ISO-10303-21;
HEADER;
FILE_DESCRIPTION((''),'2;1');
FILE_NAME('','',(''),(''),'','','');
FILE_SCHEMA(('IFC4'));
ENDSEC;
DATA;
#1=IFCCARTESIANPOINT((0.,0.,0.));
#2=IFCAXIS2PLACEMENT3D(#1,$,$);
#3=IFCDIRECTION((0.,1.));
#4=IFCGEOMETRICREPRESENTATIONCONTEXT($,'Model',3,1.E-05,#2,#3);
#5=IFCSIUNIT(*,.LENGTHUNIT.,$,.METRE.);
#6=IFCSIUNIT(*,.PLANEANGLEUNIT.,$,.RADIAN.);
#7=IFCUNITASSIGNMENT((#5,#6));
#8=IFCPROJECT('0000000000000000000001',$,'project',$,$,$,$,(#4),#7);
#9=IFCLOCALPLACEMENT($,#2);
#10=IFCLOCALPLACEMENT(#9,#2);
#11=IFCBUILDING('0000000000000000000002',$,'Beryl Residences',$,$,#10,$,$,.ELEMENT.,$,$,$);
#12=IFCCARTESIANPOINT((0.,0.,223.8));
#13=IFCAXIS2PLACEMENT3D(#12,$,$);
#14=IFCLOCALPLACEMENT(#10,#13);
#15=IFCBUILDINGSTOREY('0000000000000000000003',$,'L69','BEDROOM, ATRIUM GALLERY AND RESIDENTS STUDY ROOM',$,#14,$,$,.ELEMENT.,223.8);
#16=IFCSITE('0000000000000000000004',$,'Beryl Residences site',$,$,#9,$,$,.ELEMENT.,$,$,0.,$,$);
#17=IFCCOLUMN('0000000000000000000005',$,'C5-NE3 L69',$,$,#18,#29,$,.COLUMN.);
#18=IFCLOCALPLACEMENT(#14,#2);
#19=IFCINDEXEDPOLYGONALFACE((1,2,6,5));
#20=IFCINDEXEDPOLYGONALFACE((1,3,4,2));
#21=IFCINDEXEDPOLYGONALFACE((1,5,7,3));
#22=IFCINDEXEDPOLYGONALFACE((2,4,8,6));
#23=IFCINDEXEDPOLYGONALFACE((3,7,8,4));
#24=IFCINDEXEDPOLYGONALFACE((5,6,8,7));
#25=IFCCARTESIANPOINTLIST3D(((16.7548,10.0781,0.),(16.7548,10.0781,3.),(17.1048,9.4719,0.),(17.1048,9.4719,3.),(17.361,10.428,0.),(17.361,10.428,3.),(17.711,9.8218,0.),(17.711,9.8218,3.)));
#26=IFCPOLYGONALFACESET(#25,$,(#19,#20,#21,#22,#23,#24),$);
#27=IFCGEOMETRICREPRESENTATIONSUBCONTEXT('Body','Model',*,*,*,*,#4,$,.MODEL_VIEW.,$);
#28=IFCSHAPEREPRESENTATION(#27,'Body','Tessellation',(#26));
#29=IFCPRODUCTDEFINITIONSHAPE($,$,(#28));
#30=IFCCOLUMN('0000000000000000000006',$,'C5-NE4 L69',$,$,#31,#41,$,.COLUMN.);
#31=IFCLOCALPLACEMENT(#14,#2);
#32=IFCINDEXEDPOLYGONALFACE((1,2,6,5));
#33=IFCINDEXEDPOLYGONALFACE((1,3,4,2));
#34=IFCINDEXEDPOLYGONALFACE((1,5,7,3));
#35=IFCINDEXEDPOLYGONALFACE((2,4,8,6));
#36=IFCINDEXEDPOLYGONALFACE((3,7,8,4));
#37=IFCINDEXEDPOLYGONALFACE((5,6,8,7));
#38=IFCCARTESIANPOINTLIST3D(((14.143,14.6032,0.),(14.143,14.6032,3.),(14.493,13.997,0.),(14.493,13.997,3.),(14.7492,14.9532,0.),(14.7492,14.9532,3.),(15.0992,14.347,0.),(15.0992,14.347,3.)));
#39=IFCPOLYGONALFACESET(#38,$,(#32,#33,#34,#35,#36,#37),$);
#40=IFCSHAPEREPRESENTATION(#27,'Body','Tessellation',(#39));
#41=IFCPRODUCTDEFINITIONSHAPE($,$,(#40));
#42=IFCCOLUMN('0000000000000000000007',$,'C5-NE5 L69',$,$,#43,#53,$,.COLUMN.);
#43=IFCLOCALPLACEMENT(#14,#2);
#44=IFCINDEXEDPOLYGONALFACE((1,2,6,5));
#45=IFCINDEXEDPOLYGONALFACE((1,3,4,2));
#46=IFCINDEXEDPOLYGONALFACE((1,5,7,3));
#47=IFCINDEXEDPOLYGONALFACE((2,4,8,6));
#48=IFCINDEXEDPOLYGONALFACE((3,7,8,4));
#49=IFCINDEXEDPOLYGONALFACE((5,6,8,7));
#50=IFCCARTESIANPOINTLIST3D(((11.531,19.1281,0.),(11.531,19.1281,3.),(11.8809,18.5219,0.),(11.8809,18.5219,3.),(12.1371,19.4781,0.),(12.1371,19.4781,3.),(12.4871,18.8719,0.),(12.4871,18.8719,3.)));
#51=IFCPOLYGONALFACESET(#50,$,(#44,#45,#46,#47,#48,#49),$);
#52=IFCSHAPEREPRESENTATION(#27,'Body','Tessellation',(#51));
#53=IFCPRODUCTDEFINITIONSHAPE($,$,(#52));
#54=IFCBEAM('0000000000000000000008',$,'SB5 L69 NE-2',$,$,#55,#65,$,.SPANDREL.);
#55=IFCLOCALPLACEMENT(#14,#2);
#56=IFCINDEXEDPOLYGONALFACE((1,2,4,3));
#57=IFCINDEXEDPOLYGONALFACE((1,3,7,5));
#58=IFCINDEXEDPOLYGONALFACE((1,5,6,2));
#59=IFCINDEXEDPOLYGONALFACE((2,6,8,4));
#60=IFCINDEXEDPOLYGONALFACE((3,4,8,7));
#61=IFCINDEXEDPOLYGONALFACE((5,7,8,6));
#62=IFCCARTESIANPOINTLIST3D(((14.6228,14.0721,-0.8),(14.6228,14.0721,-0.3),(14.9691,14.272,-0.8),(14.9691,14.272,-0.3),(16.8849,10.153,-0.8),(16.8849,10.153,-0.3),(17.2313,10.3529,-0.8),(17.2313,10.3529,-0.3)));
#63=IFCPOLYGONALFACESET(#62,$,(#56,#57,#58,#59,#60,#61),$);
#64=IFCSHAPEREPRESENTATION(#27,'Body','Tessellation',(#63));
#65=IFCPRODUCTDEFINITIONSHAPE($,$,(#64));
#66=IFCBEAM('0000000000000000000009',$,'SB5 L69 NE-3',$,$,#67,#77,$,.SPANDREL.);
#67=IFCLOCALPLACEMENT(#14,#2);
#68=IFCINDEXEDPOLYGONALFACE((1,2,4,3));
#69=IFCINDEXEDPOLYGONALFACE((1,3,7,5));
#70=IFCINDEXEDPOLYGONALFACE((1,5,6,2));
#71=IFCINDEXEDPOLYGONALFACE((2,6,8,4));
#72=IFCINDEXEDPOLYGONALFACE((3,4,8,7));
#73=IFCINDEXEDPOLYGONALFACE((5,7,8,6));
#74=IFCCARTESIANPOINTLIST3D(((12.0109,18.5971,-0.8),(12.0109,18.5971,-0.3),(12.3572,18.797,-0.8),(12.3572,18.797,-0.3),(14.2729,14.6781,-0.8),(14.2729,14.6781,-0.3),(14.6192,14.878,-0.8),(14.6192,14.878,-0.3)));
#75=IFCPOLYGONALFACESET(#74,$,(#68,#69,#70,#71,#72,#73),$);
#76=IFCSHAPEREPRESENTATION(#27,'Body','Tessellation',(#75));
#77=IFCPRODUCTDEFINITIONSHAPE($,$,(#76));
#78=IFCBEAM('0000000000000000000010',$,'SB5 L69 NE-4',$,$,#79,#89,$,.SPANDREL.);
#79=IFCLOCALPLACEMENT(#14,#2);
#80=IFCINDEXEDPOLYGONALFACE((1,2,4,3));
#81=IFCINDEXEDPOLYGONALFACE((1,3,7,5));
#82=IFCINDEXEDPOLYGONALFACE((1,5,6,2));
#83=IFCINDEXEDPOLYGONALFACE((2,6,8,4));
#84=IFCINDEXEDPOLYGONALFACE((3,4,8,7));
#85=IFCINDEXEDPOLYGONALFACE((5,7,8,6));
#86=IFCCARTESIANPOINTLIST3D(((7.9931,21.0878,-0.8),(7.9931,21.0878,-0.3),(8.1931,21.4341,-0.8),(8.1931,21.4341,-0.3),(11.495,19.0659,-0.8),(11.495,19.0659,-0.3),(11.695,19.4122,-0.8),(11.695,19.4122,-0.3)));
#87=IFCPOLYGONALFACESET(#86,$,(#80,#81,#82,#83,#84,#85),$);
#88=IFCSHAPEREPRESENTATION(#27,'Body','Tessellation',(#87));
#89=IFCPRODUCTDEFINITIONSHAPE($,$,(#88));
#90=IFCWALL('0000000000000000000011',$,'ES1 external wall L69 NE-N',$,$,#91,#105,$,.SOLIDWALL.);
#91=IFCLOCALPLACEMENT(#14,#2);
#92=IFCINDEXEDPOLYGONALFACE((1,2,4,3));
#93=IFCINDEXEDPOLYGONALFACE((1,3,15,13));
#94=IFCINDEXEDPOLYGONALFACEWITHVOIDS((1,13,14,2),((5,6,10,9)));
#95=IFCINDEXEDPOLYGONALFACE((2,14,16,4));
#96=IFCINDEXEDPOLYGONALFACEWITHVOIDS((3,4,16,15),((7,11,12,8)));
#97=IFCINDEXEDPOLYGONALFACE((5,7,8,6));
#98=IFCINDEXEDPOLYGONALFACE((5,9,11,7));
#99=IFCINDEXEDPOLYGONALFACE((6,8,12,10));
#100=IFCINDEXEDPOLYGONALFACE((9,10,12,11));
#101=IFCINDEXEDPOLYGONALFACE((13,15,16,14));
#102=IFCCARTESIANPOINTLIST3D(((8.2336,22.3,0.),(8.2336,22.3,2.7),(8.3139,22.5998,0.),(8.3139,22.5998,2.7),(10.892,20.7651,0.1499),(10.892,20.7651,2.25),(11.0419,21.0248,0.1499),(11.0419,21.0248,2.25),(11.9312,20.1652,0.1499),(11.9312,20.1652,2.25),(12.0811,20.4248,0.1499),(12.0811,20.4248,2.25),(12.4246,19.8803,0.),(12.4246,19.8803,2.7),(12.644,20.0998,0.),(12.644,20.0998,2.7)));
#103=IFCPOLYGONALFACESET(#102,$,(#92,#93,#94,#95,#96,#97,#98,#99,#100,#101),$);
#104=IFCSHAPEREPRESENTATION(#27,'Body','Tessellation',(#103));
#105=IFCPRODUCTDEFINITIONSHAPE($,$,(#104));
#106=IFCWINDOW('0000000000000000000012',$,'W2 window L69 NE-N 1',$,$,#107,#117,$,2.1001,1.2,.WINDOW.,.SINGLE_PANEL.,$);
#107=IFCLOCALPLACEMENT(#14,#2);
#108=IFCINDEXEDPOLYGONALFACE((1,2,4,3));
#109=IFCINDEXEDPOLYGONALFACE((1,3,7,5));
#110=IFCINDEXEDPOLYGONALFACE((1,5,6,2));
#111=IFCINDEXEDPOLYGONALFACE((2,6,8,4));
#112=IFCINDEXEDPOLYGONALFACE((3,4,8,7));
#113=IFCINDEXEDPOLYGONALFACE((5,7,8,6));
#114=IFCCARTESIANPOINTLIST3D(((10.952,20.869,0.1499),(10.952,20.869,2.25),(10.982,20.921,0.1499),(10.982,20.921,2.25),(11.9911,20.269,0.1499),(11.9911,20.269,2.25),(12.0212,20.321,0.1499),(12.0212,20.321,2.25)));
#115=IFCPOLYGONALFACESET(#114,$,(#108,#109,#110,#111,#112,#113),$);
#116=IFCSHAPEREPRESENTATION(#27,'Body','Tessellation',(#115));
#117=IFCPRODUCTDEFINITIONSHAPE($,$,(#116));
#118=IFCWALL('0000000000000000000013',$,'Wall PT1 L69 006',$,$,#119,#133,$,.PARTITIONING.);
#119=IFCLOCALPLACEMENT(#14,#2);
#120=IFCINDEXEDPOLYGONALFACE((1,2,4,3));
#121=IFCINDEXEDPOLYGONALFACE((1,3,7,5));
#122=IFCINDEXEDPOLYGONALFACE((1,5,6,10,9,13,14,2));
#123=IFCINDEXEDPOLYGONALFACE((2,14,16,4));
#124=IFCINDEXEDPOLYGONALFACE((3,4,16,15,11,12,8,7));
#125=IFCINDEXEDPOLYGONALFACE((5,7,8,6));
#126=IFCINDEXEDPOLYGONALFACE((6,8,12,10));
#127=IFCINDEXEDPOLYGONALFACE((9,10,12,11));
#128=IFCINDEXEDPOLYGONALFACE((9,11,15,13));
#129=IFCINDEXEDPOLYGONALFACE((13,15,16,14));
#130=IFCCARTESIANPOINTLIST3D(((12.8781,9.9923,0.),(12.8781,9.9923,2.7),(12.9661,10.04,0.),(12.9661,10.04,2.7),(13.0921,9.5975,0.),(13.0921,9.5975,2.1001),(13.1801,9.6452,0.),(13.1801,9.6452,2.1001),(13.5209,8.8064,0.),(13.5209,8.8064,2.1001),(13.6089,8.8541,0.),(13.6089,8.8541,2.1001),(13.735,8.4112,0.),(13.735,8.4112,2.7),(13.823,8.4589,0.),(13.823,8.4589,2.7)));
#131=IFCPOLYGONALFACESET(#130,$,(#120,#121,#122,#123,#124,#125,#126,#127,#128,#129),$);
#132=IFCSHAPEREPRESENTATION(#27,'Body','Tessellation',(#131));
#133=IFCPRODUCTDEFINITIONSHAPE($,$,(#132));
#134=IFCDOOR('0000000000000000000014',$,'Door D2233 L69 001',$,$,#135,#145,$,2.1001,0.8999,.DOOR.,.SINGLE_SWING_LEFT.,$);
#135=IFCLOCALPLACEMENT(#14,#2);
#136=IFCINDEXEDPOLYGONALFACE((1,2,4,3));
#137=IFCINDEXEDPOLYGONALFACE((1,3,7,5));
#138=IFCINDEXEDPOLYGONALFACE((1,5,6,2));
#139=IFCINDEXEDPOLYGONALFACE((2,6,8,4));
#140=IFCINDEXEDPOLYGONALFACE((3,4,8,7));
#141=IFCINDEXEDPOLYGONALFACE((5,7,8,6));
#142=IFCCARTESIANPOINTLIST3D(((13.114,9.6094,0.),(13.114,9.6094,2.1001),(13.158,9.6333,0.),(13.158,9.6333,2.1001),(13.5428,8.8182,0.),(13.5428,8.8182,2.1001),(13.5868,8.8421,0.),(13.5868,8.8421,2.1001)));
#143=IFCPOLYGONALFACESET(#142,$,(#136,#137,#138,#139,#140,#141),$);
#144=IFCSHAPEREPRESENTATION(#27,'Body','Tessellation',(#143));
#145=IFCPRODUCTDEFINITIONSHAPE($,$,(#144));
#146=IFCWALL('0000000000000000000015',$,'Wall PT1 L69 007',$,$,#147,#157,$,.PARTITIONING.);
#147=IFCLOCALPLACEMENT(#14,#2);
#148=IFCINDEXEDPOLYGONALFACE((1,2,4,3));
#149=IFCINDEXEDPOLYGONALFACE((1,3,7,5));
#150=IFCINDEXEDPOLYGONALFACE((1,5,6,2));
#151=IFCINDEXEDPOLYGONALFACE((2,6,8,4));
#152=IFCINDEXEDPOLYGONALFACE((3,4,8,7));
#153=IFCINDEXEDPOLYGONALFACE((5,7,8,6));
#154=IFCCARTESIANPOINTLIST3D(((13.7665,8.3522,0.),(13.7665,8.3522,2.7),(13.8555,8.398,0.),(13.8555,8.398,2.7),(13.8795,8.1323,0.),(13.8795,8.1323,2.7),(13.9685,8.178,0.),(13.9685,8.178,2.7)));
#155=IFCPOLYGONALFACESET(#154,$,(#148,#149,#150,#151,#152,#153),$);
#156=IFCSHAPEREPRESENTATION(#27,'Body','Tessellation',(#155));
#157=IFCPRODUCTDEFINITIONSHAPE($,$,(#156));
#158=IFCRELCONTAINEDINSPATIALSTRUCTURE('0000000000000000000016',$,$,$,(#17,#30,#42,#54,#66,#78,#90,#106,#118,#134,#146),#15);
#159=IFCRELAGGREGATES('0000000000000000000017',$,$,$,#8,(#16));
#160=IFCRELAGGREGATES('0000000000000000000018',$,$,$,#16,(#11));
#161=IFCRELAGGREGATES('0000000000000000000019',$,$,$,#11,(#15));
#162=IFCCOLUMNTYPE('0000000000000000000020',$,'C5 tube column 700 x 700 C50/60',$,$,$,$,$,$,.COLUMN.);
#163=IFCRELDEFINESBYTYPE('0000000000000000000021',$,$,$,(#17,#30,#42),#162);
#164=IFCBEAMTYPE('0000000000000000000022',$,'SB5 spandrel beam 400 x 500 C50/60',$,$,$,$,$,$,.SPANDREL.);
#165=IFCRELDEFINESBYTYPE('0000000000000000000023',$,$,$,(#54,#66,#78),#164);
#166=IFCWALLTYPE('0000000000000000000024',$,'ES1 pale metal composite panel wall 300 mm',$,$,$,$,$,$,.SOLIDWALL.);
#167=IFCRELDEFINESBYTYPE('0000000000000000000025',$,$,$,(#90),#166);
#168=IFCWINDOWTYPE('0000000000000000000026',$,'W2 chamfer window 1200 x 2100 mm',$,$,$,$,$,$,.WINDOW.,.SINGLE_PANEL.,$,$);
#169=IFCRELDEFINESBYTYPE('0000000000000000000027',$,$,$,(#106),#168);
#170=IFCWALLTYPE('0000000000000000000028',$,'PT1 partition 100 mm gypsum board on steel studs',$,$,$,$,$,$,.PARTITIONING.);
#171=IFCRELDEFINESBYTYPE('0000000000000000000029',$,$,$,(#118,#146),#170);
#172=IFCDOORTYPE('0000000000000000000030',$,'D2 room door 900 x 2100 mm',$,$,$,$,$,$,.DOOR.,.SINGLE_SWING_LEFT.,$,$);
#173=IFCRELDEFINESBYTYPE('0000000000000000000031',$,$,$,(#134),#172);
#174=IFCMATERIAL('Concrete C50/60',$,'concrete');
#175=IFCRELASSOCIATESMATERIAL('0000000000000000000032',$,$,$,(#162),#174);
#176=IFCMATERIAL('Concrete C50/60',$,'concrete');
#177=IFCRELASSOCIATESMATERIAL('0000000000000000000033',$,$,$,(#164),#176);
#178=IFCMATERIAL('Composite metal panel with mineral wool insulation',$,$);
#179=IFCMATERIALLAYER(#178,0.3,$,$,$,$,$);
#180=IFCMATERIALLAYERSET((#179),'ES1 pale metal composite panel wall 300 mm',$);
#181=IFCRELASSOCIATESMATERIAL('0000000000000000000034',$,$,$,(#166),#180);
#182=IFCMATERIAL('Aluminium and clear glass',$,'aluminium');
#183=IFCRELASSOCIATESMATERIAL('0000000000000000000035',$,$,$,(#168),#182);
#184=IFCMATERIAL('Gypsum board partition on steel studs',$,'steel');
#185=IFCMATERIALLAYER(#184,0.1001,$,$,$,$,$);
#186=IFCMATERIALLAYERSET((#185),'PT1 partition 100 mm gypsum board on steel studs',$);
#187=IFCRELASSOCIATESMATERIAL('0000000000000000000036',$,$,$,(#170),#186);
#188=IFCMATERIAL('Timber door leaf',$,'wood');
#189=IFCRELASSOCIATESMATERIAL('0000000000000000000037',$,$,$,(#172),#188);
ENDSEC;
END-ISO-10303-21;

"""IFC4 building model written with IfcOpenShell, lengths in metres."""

from ifc_helpers import new_model, si_unit, direction, frame, frame_2d, origin, origin_2d, place, context, subcontext, project, spatial, polyline, rectangle, outline, extrude, material, layer, layer_set, material_profile, profile_set, type_object, element, fill, save


model = new_model("IFC4")

# Units and contexts
model_context = context("Model", 3, precision=1e-05, world=origin(), true_north=direction((0.0, 1.0)))
body_context = subcontext(model_context, "Body", "Model", "MODEL_VIEW")
ifc_project = project(units=[si_unit("LENGTHUNIT", "METRE"), si_unit("PLANEANGLEUNIT", "RADIAN")], contexts=[model_context])

# Site, building, storey
site_placement = place(None, origin())
site = spatial("IfcSite", under=ifc_project, at=site_placement, Name="Beryl Residences site", CompositionType="ELEMENT", RefElevation=0.0)
building_placement = place(site_placement, origin())
building = spatial("IfcBuilding", under=site, at=building_placement, Name="Beryl Residences", CompositionType="ELEMENT")
storey_placement = place(building_placement, frame((0.0, 0.0, 223.8)))
storey = spatial("IfcBuildingStorey", under=building, at=storey_placement, Name="L69", Description="BEDROOM, ATRIUM GALLERY AND RESIDENTS STUDY ROOM", CompositionType="ELEMENT", Elevation=223.8)

# Columns
ifc_material_1 = material(Name="Concrete C50/60", Category="concrete")
ifc_material_profile_1 = material_profile(ifc_material_1, rectangle(XDim=0.7, YDim=0.7, at=origin_2d()))
ifc_profile_set_1 = profile_set([ifc_material_profile_1], Name="Concrete C50/60")
column_type = type_object("IfcColumnType", Name="C5 tube column 700 x 700 C50/60", PredefinedType="COLUMN", material=ifc_profile_set_1)
for number, where, z_axis, x_axis, name in (
    (1, (17.2329, 9.95, 0.0), (0.0, 0.0, 1.0), (-0.49997, 0.866043, 0.0), "C5-NE3 L69"),
    (2, (14.6211, 14.4751, 0.0), (0.0, 0.0, 1.0), (-0.49997, 0.866043, 0.0), "C5-NE4 L69"),
    (3, (12.009, 19.0, 0.0), (0.0, 0.0, 1.0), (-0.49997, 0.866043, 0.0), "C5-NE5 L69"),
):
    element("IfcColumn", number, at=place(storey_placement, frame(where, z_axis=z_axis, x_axis=x_axis)), inside=storey, type_object=column_type, Name=name, PredefinedType="COLUMN", context=body_context, shape_type="SweptSolid", body=[
        extrude(rectangle(XDim=0.7, YDim=0.7, at=origin_2d()), origin(), (0.0, 0.0, 1.0), 3.0),
    ])

# Beams
ifc_material_2 = material(Name="Concrete C50/60", Category="concrete")
ifc_material_profile_2 = material_profile(ifc_material_2, rectangle(XDim=0.3999, YDim=0.5, at=origin_2d()))
ifc_profile_set_2 = profile_set([ifc_material_profile_2], Name="Concrete C50/60")
beam_type = type_object("IfcBeamType", Name="SB5 spandrel beam 400 x 500 C50/60", PredefinedType="SPANDREL", material=ifc_profile_set_2)
beam_1_placement = place(storey_placement, frame((17.0581, 10.2529, -0.55), z_axis=(-0.499911, 0.866077, 0.0), x_axis=(-0.866077, -0.499911, 0.0)))
element("IfcBeam", 4, at=beam_1_placement, inside=storey, type_object=beam_type, Name="SB5 L69 NE-2", PredefinedType="SPANDREL", context=body_context, shape_type="SweptSolid", body=[
    extrude(rectangle(XDim=0.3999, YDim=0.5, at=origin_2d()), origin(), (0.0, 0.0, 1.0), 4.5251),
])
beam_2_placement = place(storey_placement, frame((14.446, 14.7781, -0.55), z_axis=(-0.499894, 0.866087, 0.0), x_axis=(-0.866087, -0.499894, 0.0)))
element("IfcBeam", 5, at=beam_2_placement, inside=storey, type_object=beam_type, Name="SB5 L69 NE-3", PredefinedType="SPANDREL", context=body_context, shape_type="SweptSolid", body=[
    extrude(rectangle(XDim=0.3999, YDim=0.5, at=origin_2d()), origin(), (0.0, 0.0, 1.0), 4.5249),
])
beam_3_placement = place(storey_placement, frame((11.595, 19.239, -0.55), z_axis=(-0.866013, 0.500022, 0.0), x_axis=(-0.500022, -0.866013, 0.0)))
element("IfcBeam", 6, at=beam_3_placement, inside=storey, type_object=beam_type, Name="SB5 L69 NE-4", PredefinedType="SPANDREL", context=body_context, shape_type="SweptSolid", body=[
    extrude(rectangle(XDim=0.3999, YDim=0.5, at=origin_2d()), origin(), (0.0, 0.0, 1.0), 4.0437),
])

# Wall, opening, window
ifc_material_3 = material(Name="Composite metal panel with mineral wool insulation")
ifc_layer_1 = layer(ifc_material_3, 0.3)
ifc_layer_set_1 = layer_set([ifc_layer_1], Name="ES1 pale metal composite panel wall 300 mm")
wall_type_1 = type_object("IfcWallType", Name="ES1 pale metal composite panel wall 300 mm", PredefinedType="SOLIDWALL", material=ifc_layer_set_1)
wall_1_placement = place(storey_placement, frame((12.5691, 19.97, 0.0), z_axis=(0.0, 0.0, 1.0), x_axis=(-0.866023, 0.500004, 0.0)))
wall_1 = element("IfcWall", 7, at=wall_1_placement, inside=storey, type_object=wall_type_1, Name="ES1 external wall L69 NE-N", PredefinedType="SOLIDWALL", context=body_context, shape_type="SweptSolid", body=[
    extrude(outline(polyline([(0.0, -0.1499), (5.0, -0.1499), (4.9197, 0.1499), (0.0803, 0.1499), (0.0, -0.1499)])), origin(), (0.0, 0.0, 1.0), 2.7),
])
opening_1_placement = place(wall_1_placement, frame((0.6499, 0.0, 0.1499)))
opening_1 = element("IfcOpeningElement", 8, at=opening_1_placement, cuts=wall_1, PredefinedType="OPENING", context=body_context, shape_type="SweptSolid", body=[
    extrude(rectangle(XDim=1.2, YDim=2.1001, at=frame_2d((0.6001, 1.05))), frame((0.0, 0.1599, 0.0), z_axis=(0.0, -1.0, 0.0), x_axis=(1.0, 0.0, 0.0)), (0.0, 0.0, 1.0), 0.3201),
])
ifc_material_4 = material(Name="Aluminium and clear glass", Category="aluminium")
window_type = type_object("IfcWindowType", Name="W2 chamfer window 1200 x 2100 mm", PartitioningType="SINGLE_PANEL", PredefinedType="WINDOW", material=ifc_material_4)
window_placement = place(opening_1_placement, origin())
window = element("IfcWindow", 9, at=window_placement, inside=storey, type_object=window_type, Name="W2 window L69 NE-N 1", OverallHeight=2.1001, OverallWidth=1.2, PartitioningType="SINGLE_PANEL", PredefinedType="WINDOW", context=body_context, shape_type="SweptSolid", body=[
    extrude(rectangle(XDim=1.2, YDim=2.1001, at=frame_2d((0.6001, 1.05))), frame((0.0, 0.03, 0.0), z_axis=(0.0, -1.0, 0.0), x_axis=(1.0, 0.0, 0.0)), (0.0, 0.0, 1.0), 0.0601),
])
fill(opening_1, window)

# Wall, opening, door
ifc_material_5 = material(Name="Gypsum board partition on steel studs", Category="steel")
ifc_layer_2 = layer(ifc_material_5, 0.1001)
ifc_layer_set_2 = layer_set([ifc_layer_2], Name="PT1 partition 100 mm gypsum board on steel studs")
wall_type_2 = type_object("IfcWallType", Name="PT1 partition 100 mm gypsum board on steel studs", PredefinedType="PARTITIONING", material=ifc_layer_set_2)
wall_2_placement = place(storey_placement, frame((12.9221, 10.0161, 0.0), z_axis=(0.0, 0.0, 1.0), x_axis=(0.476511, -0.879169, 0.0)))
wall_2 = element("IfcWall", 10, at=wall_2_placement, inside=storey, type_object=wall_type_2, Name="Wall PT1 L69 006", PredefinedType="PARTITIONING", context=body_context, shape_type="SweptSolid", body=[
    extrude(rectangle(XDim=1.7983, YDim=0.1001, at=frame_2d((0.8992, 0.0))), origin(), (0.0, 0.0, 1.0), 2.7),
])
opening_2_placement = place(wall_2_placement, frame((0.449, 0.0, 0.0)))
opening_2 = element("IfcOpeningElement", 11, at=opening_2_placement, cuts=wall_2, PredefinedType="OPENING", context=body_context, shape_type="SweptSolid", body=[
    extrude(rectangle(XDim=0.8999, YDim=2.1001, at=frame_2d((0.45, 1.05))), frame((0.0, 0.0601, 0.0), z_axis=(0.0, -1.0, 0.0), x_axis=(1.0, 0.0, 0.0)), (0.0, 0.0, 1.0), 0.1201),
])
ifc_material_6 = material(Name="Timber door leaf", Category="wood")
door_type_1 = type_object("IfcDoorType", Name="D2 room door 900 x 2100 mm", OperationType="SINGLE_SWING_LEFT", PredefinedType="DOOR", material=ifc_material_6)
door_1_placement = place(opening_2_placement, origin())
door_1 = element("IfcDoor", 12, at=door_1_placement, inside=storey, type_object=door_type_1, Name="Door D2233 L69 001", OperationType="SINGLE_SWING_LEFT", OverallHeight=2.1001, OverallWidth=0.8999, PredefinedType="DOOR", context=body_context, shape_type="SweptSolid", body=[
    extrude(rectangle(XDim=0.8999, YDim=2.1001, at=frame_2d((0.45, 1.05))), frame((0.0, 0.0249, 0.0), z_axis=(0.0, -1.0, 0.0), x_axis=(1.0, 0.0, 0.0)), (0.0, 0.0, 1.0), 0.05),
])
fill(opening_2, door_1)

# Wall
wall_3_placement = place(storey_placement, frame((13.811, 8.375, 0.0), z_axis=(0.0, 0.0, 1.0), x_axis=(0.457058, -0.889437, 0.0)))
element("IfcWall", 13, at=wall_3_placement, inside=storey, type_object=wall_type_2, Name="Wall PT1 L69 007", PredefinedType="PARTITIONING", context=body_context, shape_type="SweptSolid", body=[
    extrude(rectangle(XDim=0.2473, YDim=0.1001, at=frame_2d((0.1235, 0.0))), origin(), (0.0, 0.0, 1.0), 2.7),
])

save(model, "model.ifc")
